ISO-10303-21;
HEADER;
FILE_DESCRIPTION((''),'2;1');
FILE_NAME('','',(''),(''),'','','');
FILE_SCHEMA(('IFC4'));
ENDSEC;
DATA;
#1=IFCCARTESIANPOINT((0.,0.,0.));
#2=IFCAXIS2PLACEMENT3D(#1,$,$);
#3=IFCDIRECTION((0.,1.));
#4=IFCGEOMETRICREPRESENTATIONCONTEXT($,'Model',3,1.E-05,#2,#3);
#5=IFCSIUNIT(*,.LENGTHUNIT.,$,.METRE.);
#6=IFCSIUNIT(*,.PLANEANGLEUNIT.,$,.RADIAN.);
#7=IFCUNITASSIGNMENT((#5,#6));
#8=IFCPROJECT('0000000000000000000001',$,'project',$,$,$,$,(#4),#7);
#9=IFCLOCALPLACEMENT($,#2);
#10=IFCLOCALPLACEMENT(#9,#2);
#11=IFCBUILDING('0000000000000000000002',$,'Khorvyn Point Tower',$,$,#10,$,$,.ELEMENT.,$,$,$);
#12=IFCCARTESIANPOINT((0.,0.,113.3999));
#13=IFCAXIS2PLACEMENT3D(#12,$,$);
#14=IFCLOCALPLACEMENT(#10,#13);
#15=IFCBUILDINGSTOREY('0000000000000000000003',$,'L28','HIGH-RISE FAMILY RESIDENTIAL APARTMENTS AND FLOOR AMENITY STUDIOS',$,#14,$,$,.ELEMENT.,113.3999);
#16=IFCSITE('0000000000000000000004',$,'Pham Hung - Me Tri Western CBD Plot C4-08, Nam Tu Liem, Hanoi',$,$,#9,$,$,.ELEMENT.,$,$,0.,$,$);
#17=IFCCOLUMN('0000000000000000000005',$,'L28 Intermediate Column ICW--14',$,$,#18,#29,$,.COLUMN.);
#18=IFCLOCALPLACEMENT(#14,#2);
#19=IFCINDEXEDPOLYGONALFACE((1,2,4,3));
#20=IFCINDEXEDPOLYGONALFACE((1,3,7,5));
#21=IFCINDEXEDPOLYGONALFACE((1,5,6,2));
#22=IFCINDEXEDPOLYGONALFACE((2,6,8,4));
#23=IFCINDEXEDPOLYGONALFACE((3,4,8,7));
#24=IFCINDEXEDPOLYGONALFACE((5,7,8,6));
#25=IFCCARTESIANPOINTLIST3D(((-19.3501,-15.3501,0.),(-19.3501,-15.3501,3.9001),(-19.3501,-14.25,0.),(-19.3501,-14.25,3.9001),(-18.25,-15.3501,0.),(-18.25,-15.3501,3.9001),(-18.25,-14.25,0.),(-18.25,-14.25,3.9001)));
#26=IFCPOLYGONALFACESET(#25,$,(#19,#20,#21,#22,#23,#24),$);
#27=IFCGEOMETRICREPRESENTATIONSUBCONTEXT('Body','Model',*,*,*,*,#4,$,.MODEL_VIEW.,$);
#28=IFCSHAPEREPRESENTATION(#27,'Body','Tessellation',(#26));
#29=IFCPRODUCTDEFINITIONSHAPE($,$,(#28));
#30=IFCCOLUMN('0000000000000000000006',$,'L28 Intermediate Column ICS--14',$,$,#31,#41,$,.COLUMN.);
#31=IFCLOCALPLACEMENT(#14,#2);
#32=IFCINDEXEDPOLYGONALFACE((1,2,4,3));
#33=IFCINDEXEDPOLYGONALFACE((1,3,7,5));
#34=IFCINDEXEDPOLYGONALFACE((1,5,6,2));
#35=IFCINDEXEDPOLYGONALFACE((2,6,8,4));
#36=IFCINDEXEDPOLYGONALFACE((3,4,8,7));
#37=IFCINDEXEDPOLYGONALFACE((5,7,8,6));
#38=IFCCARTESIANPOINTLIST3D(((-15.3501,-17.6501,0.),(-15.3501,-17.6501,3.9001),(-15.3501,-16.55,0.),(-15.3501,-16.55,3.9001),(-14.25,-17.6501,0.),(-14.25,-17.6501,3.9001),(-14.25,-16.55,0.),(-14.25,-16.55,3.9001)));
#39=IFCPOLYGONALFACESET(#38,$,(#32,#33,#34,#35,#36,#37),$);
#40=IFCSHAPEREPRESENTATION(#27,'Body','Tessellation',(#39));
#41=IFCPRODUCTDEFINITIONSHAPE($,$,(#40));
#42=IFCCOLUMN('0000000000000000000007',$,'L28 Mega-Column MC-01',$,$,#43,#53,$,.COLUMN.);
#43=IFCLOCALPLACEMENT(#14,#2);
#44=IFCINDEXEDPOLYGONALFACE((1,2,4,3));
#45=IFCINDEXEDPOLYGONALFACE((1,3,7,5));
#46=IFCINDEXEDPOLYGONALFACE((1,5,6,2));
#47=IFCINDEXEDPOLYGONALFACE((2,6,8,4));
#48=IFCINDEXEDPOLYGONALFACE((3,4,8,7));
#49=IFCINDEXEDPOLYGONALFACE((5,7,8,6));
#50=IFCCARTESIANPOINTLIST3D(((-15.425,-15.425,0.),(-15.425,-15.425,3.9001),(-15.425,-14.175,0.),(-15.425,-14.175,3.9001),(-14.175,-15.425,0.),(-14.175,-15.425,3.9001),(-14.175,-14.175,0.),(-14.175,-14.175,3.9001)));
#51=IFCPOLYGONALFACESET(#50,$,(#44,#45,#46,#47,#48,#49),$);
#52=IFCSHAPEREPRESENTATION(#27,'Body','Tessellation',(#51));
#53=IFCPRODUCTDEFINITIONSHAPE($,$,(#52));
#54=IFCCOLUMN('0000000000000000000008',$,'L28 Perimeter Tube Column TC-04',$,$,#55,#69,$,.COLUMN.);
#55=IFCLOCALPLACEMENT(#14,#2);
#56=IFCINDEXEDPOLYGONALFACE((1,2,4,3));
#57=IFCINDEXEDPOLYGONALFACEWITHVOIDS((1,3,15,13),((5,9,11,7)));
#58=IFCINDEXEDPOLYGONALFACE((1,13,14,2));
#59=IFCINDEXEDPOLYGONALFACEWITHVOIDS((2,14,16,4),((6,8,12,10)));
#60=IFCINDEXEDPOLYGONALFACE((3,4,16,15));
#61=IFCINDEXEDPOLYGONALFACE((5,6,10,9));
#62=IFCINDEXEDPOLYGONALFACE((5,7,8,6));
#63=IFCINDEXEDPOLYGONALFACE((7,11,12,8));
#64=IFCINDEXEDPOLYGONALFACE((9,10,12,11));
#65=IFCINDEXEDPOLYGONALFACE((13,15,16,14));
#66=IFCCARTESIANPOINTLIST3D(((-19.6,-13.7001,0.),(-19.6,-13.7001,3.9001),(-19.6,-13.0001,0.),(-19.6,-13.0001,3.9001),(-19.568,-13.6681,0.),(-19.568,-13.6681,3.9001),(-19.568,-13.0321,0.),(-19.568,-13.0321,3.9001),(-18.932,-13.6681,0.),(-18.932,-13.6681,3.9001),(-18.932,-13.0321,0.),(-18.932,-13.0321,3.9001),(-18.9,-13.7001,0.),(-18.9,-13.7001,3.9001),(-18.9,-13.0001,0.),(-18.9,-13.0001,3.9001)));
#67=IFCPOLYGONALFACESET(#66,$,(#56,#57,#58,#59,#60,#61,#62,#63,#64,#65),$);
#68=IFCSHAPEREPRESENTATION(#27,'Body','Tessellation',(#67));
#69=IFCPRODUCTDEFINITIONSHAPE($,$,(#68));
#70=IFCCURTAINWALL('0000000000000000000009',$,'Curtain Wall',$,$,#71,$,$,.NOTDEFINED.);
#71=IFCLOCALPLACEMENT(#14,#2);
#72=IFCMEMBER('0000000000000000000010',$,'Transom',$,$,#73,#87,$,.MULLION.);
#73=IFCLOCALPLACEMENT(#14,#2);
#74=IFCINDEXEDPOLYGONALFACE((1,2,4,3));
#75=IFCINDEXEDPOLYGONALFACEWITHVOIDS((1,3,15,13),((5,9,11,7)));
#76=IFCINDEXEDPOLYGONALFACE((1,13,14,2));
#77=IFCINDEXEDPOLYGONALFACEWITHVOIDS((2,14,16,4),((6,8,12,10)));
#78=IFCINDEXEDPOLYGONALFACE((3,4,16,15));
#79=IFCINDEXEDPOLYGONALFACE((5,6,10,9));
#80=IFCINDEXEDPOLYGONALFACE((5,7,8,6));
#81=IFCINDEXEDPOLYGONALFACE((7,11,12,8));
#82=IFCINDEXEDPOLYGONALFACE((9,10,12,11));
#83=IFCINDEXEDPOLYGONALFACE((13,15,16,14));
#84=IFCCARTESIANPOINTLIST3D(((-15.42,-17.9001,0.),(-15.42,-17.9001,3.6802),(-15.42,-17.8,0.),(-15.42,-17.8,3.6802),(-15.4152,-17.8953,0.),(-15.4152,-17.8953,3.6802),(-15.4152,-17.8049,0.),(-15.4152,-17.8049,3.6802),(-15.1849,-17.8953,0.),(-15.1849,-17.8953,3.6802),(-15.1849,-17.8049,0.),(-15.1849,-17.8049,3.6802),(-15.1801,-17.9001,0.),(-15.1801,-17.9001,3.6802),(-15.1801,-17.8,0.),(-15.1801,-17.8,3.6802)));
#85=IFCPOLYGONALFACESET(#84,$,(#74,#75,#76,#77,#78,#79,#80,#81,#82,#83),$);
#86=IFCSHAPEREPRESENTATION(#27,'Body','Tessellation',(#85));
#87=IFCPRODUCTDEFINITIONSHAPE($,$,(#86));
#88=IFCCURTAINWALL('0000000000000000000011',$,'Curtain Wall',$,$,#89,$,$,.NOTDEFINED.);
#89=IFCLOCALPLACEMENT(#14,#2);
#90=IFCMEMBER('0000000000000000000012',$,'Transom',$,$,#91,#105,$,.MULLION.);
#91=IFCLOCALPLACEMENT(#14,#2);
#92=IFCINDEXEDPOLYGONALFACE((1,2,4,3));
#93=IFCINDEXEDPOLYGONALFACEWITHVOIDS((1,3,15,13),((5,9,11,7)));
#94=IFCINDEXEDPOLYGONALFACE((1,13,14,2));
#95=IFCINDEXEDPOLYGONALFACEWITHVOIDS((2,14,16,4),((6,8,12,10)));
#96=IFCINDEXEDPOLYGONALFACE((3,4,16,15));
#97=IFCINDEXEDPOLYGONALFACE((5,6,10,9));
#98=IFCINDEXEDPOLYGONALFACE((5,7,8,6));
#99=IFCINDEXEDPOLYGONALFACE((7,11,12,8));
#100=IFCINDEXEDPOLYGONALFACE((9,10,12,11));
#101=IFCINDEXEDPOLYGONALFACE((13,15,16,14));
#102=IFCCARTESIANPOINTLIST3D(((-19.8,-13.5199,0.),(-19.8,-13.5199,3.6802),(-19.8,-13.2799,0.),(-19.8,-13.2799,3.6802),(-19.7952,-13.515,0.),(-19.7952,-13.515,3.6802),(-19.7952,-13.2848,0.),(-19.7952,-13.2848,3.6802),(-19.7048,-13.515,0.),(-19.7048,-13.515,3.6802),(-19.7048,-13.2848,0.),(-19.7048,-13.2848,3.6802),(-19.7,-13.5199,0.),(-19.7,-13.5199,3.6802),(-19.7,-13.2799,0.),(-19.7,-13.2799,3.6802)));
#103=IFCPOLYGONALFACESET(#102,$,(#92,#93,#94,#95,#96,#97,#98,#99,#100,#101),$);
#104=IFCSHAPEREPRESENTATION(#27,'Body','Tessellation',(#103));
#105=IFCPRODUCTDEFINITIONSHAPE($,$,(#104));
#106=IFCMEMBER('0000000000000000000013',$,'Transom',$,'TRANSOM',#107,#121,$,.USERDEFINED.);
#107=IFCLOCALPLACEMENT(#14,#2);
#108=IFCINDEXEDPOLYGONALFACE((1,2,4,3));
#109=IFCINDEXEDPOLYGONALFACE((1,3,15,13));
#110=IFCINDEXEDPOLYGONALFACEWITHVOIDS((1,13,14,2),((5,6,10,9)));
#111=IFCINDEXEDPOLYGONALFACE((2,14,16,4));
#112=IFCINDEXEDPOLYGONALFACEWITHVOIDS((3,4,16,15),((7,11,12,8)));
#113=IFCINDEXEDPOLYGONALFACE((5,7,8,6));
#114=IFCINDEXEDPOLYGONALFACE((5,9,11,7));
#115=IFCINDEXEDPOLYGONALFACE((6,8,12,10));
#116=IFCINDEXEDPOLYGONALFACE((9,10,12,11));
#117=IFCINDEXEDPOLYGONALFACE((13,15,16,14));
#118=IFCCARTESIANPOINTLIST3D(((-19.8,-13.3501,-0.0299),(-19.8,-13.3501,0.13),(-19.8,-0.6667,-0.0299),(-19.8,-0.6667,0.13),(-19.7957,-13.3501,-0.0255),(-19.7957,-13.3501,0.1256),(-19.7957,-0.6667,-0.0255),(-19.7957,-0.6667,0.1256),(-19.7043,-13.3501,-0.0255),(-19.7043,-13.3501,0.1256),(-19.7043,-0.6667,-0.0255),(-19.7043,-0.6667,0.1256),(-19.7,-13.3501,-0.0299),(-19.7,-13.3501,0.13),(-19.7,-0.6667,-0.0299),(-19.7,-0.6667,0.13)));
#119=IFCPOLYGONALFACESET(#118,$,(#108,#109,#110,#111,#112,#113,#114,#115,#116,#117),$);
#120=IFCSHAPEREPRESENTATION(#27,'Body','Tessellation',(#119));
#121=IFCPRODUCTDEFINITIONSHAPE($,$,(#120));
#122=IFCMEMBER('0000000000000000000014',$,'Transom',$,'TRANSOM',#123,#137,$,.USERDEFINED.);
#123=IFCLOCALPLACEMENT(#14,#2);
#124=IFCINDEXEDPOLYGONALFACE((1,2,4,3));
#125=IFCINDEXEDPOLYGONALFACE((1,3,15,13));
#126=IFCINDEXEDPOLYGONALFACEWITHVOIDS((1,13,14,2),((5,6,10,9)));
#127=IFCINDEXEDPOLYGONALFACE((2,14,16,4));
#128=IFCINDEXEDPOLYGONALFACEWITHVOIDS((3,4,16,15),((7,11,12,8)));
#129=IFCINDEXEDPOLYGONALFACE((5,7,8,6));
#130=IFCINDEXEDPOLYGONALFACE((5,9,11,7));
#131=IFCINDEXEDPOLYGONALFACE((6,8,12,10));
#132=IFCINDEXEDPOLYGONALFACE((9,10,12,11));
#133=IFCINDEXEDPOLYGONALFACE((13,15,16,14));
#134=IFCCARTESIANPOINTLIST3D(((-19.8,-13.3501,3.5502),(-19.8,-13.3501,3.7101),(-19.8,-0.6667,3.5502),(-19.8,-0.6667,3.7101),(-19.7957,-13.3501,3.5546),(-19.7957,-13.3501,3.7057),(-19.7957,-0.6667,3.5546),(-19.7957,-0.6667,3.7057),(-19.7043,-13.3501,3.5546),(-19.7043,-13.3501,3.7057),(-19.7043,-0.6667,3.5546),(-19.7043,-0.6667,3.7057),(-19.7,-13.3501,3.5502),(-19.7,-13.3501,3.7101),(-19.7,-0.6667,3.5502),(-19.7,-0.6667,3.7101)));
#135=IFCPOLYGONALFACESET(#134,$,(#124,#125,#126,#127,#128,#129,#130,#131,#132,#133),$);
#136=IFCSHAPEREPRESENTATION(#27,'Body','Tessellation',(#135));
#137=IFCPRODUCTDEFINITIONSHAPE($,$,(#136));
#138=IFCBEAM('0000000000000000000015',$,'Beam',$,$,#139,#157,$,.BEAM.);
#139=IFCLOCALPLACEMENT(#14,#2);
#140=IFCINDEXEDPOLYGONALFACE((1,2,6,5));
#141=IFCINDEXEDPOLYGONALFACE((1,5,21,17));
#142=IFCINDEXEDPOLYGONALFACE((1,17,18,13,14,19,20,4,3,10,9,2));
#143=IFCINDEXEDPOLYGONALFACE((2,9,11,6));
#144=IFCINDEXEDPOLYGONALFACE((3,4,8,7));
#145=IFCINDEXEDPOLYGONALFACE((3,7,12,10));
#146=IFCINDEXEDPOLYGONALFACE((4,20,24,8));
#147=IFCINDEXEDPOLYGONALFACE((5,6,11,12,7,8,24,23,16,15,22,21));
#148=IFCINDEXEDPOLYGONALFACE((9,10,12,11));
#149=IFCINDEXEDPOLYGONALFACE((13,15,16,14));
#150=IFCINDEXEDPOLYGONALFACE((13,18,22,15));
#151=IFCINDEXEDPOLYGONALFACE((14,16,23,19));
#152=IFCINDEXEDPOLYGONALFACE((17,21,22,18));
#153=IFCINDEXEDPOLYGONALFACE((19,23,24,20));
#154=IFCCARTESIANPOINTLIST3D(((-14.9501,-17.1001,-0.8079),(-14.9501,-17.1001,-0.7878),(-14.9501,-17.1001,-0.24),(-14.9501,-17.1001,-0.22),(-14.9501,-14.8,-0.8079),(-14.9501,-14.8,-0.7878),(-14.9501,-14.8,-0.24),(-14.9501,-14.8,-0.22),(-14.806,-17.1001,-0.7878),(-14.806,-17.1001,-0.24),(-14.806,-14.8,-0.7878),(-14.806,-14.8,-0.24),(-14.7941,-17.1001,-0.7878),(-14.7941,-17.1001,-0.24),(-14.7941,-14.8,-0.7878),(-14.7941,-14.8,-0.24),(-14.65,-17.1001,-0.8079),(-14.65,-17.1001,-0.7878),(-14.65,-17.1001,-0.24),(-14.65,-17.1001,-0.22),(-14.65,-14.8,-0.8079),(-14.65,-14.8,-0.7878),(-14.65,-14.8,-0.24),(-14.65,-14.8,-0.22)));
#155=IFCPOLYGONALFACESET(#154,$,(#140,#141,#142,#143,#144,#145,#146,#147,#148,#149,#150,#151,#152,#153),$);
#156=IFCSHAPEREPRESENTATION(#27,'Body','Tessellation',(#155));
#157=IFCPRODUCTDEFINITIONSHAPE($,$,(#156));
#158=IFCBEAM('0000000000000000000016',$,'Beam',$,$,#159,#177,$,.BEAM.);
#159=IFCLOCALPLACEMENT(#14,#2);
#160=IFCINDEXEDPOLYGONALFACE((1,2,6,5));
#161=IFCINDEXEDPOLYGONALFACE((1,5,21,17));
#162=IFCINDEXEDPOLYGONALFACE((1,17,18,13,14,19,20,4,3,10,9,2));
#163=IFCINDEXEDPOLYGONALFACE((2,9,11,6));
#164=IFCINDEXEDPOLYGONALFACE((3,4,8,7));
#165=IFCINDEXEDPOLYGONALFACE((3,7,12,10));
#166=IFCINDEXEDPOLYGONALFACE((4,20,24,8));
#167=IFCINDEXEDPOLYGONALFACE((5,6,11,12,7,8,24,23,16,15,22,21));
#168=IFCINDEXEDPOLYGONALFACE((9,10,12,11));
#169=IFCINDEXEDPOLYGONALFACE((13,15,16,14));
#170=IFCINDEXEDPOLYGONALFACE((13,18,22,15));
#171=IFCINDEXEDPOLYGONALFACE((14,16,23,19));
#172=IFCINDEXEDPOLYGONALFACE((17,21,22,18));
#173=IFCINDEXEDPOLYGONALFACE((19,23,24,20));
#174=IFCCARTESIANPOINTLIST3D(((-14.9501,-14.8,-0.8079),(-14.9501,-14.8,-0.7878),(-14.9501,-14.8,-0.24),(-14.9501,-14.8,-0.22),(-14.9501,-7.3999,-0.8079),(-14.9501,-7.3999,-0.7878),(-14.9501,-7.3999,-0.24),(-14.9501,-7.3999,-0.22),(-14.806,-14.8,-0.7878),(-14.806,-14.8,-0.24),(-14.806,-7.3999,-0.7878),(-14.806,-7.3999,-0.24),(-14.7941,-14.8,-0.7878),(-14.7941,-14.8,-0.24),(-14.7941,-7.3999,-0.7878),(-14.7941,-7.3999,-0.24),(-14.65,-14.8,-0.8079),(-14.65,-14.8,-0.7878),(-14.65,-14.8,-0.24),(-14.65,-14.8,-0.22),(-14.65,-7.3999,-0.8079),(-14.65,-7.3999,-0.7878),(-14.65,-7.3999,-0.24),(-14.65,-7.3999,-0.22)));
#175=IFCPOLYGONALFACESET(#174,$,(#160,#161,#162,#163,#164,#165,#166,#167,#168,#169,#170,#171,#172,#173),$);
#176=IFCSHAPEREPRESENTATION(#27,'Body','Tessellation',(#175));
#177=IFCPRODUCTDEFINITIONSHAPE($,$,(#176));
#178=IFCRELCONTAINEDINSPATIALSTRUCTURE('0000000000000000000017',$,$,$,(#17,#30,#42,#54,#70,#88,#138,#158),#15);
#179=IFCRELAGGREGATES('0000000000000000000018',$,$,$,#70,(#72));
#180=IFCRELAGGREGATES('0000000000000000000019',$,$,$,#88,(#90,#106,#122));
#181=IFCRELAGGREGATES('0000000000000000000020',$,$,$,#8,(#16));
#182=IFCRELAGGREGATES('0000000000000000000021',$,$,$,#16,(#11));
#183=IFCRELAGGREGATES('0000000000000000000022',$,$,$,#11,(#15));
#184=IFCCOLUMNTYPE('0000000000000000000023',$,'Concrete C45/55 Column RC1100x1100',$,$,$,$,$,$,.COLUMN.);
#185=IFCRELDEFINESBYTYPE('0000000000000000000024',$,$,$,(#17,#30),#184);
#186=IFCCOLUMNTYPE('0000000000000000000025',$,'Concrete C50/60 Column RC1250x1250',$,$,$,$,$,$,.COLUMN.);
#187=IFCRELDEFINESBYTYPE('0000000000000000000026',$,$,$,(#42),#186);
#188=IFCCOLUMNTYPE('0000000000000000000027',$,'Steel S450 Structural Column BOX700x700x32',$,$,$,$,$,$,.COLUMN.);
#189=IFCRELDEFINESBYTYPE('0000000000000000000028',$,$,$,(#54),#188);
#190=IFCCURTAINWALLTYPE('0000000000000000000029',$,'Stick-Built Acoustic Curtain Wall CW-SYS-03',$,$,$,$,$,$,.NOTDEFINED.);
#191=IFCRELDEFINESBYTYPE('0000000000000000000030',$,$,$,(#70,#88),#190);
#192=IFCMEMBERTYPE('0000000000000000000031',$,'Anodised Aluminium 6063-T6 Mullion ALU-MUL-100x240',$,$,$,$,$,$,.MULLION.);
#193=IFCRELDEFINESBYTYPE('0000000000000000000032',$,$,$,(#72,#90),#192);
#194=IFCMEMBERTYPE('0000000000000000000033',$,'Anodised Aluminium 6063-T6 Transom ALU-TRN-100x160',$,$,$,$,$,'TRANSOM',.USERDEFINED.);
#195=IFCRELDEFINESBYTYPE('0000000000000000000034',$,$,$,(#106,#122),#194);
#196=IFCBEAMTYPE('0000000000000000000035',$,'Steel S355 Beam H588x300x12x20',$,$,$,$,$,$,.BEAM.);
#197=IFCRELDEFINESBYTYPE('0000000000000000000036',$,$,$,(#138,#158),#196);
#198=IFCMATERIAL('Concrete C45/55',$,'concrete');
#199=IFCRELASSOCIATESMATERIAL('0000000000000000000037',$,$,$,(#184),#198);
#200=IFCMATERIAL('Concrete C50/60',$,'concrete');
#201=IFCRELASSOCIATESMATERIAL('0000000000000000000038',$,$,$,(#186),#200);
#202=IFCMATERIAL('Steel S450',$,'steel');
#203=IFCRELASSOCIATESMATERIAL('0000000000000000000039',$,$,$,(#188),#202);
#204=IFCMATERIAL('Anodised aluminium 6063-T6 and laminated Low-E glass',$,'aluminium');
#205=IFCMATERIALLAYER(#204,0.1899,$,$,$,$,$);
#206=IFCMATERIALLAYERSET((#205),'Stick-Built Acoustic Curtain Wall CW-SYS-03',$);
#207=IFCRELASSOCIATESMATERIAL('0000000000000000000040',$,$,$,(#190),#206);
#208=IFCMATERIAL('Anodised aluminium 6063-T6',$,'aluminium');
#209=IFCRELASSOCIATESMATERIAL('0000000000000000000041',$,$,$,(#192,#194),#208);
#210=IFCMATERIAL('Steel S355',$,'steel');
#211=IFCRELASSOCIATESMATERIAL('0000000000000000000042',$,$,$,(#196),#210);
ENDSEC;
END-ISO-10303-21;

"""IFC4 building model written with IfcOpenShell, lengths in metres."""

from ifc_helpers import new_model, si_unit, direction, frame, origin, origin_2d, place, context, subcontext, project, spatial, rectangle, hollow_rectangle, i_section, extrude, material, layer, layer_set, material_profile, profile_set, type_object, element, aggregate, save


model = new_model("IFC4")

# Units and contexts
model_context = context("Model", 3, precision=1e-05, world=origin(), true_north=direction((0.0, 1.0)))
body_context = subcontext(model_context, "Body", "Model", "MODEL_VIEW")
ifc_project = project(units=[si_unit("LENGTHUNIT", "METRE"), si_unit("PLANEANGLEUNIT", "RADIAN")], contexts=[model_context])

# Site, building, storey
site_placement = place(None, origin())
site = spatial("IfcSite", under=ifc_project, at=site_placement, Name="Pham Hung - Me Tri Western CBD Plot C4-08, Nam Tu Liem, Hanoi", CompositionType="ELEMENT", RefElevation=0.0)
building_placement = place(site_placement, origin())
building = spatial("IfcBuilding", under=site, at=building_placement, Name="Khorvyn Point Tower", CompositionType="ELEMENT")
storey_placement = place(building_placement, frame((0.0, 0.0, 113.3999)))
storey = spatial("IfcBuildingStorey", under=building, at=storey_placement, Name="L28", Description="HIGH-RISE FAMILY RESIDENTIAL APARTMENTS AND FLOOR AMENITY STUDIOS", CompositionType="ELEMENT", Elevation=113.3999)

# Columns
ifc_material_1 = material(Name="Concrete C45/55", Category="concrete")
ifc_material_profile_1 = material_profile(ifc_material_1, rectangle(XDim=1.1001, YDim=1.1001, at=origin_2d()))
ifc_profile_set_1 = profile_set([ifc_material_profile_1], Name="Concrete C45/55 RC1100x1100")
column_type_1 = type_object("IfcColumnType", Name="Concrete C45/55 Column RC1100x1100", PredefinedType="COLUMN", material=ifc_profile_set_1)
for number, where, z_axis, x_axis, name in (
    (1, (-18.8, -14.8, 0.0), (0.0, 0.0, 1.0), (1.0, 0.0, 0.0), "L28 Intermediate Column ICW--14"),
    (2, (-14.8, -17.1001, 0.0), (0.0, 0.0, 1.0), (1.0, 0.0, 0.0), "L28 Intermediate Column ICS--14"),
):
    element("IfcColumn", number, at=place(storey_placement, frame(where, z_axis=z_axis, x_axis=x_axis)), inside=storey, type_object=column_type_1, Name=name, PredefinedType="COLUMN", context=body_context, shape_type="SweptSolid", body=[
        extrude(rectangle(XDim=1.1001, YDim=1.1001, at=origin_2d()), origin(), (0.0, 0.0, 1.0), 3.9001),
    ])
ifc_material_2 = material(Name="Concrete C50/60", Category="concrete")
ifc_material_profile_2 = material_profile(ifc_material_2, rectangle(XDim=1.25, YDim=1.25, at=origin_2d()))
ifc_profile_set_2 = profile_set([ifc_material_profile_2], Name="Concrete C50/60 RC1250x1250")
column_type_2 = type_object("IfcColumnType", Name="Concrete C50/60 Column RC1250x1250", PredefinedType="COLUMN", material=ifc_profile_set_2)
column_1_placement = place(storey_placement, frame((-14.8, -14.8, 0.0), z_axis=(0.0, 0.0, 1.0), x_axis=(1.0, 0.0, 0.0)))
element("IfcColumn", 3, at=column_1_placement, inside=storey, type_object=column_type_2, Name="L28 Mega-Column MC-01", PredefinedType="COLUMN", context=body_context, shape_type="SweptSolid", body=[
    extrude(rectangle(XDim=1.25, YDim=1.25, at=origin_2d()), origin(), (0.0, 0.0, 1.0), 3.9001),
])
ifc_material_3 = material(Name="Steel S450", Category="steel")
ifc_material_profile_3 = material_profile(ifc_material_3, hollow_rectangle(XDim=0.7, YDim=0.7, WallThickness=0.032, at=origin_2d()))
ifc_profile_set_3 = profile_set([ifc_material_profile_3], Name="Steel S450 BOX700x700x32")
column_type_3 = type_object("IfcColumnType", Name="Steel S450 Structural Column BOX700x700x32", PredefinedType="COLUMN", material=ifc_profile_set_3)
column_2_placement = place(storey_placement, frame((-19.25, -13.3501, 0.0), z_axis=(0.0, 0.0, 1.0), x_axis=(1.0, 0.0, 0.0)))
element("IfcColumn", 4, at=column_2_placement, inside=storey, type_object=column_type_3, Name="L28 Perimeter Tube Column TC-04", PredefinedType="COLUMN", context=body_context, shape_type="SweptSolid", body=[
    extrude(hollow_rectangle(XDim=0.7, YDim=0.7, WallThickness=0.032, at=origin_2d()), origin(), (0.0, 0.0, 1.0), 3.9001),
])

# Curtain wall, member
ifc_material_4 = material(Name="Anodised aluminium 6063-T6 and laminated Low-E glass", Category="aluminium")
ifc_layer_1 = layer(ifc_material_4, 0.1899)
ifc_layer_set_1 = layer_set([ifc_layer_1], Name="Stick-Built Acoustic Curtain Wall CW-SYS-03")
curtain_wall_type = type_object("IfcCurtainWallType", Name="Stick-Built Acoustic Curtain Wall CW-SYS-03", PredefinedType="NOTDEFINED", material=ifc_layer_set_1)
curtain_wall_1_placement = place(storey_placement, origin())
curtain_wall_1 = element("IfcCurtainWall", 5, at=curtain_wall_1_placement, inside=storey, type_object=curtain_wall_type, Name="Curtain Wall", PredefinedType="NOTDEFINED")
ifc_material_5 = material(Name="Anodised aluminium 6063-T6", Category="aluminium")
ifc_material_profile_4 = material_profile(ifc_material_5, hollow_rectangle(XDim=0.1001, YDim=0.24, WallThickness=0.0049, at=origin_2d()))
ifc_profile_set_4 = profile_set([ifc_material_profile_4], Name="Anodised aluminium 6063-T6 ALU-MUL-100x240")
member_type_1 = type_object("IfcMemberType", Name="Anodised Aluminium 6063-T6 Mullion ALU-MUL-100x240", PredefinedType="MULLION", material=ifc_profile_set_4)
member_1_placement = place(storey_placement, frame((-15.3, -17.8501, 0.0), z_axis=(0.0, 0.0, 1.0), x_axis=(0.0, -1.0, 0.0)))
member_1 = element("IfcMember", 6, at=member_1_placement, type_object=member_type_1, Name="Transom", PredefinedType="MULLION", context=body_context, shape_type="SweptSolid", body=[
    extrude(hollow_rectangle(XDim=0.1001, YDim=0.24, WallThickness=0.0049, at=origin_2d()), origin(), (0.0, 0.0, 1.0), 3.6802),
])
aggregate(curtain_wall_1, [member_1])

# Curtain wall, members
curtain_wall_2_placement = place(storey_placement, origin())
curtain_wall_2 = element("IfcCurtainWall", 7, at=curtain_wall_2_placement, inside=storey, type_object=curtain_wall_type, Name="Curtain Wall", PredefinedType="NOTDEFINED")
member_2_placement = place(storey_placement, frame((-19.75, -13.3999, 0.0), z_axis=(0.0, 0.0, 1.0), x_axis=(-1.0, 0.0, 0.0)))
member_2 = element("IfcMember", 8, at=member_2_placement, type_object=member_type_1, Name="Transom", PredefinedType="MULLION", context=body_context, shape_type="SweptSolid", body=[
    extrude(hollow_rectangle(XDim=0.1001, YDim=0.24, WallThickness=0.0049, at=origin_2d()), origin(), (0.0, 0.0, 1.0), 3.6802),
])
ifc_material_profile_5 = material_profile(ifc_material_5, hollow_rectangle(XDim=0.1001, YDim=0.1599, WallThickness=0.0044, at=origin_2d()))
ifc_profile_set_5 = profile_set([ifc_material_profile_5], Name="Anodised aluminium 6063-T6 ALU-TRN-100x160")
member_type_2 = type_object("IfcMemberType", Name="Anodised Aluminium 6063-T6 Transom ALU-TRN-100x160", ElementType="TRANSOM", PredefinedType="USERDEFINED", material=ifc_profile_set_5)
member_3_placement = place(storey_placement, frame((-19.75, -13.3501, 0.05), z_axis=(0.0, 1.0, 0.0), x_axis=(-1.0, 0.0, 0.0)))
member_3 = element("IfcMember", 9, at=member_3_placement, type_object=member_type_2, Name="Transom", ObjectType="TRANSOM", PredefinedType="USERDEFINED", context=body_context, shape_type="SweptSolid", body=[
    extrude(hollow_rectangle(XDim=0.1001, YDim=0.1599, WallThickness=0.0044, at=origin_2d()), origin(), (0.0, 0.0, 1.0), 12.6833),
])
member_4_placement = place(storey_placement, frame((-19.75, -13.3501, 3.6301), z_axis=(0.0, 1.0, 0.0), x_axis=(-1.0, 0.0, 0.0)))
member_4 = element("IfcMember", 10, at=member_4_placement, type_object=member_type_2, Name="Transom", ObjectType="TRANSOM", PredefinedType="USERDEFINED", context=body_context, shape_type="SweptSolid", body=[
    extrude(hollow_rectangle(XDim=0.1001, YDim=0.1599, WallThickness=0.0044, at=origin_2d()), origin(), (0.0, 0.0, 1.0), 12.6833),
])

# Beams
ifc_material_6 = material(Name="Steel S355", Category="steel")
ifc_material_profile_6 = material_profile(ifc_material_6, i_section(OverallWidth=0.3, OverallDepth=0.5879, WebThickness=0.012, FlangeThickness=0.02, at=origin_2d()))
ifc_profile_set_6 = profile_set([ifc_material_profile_6], Name="Steel S355 H588x300x12x20")
beam_type_1 = type_object("IfcBeamType", Name="Steel S355 Beam H588x300x12x20", PredefinedType="BEAM", material=ifc_profile_set_6)
beam_1_placement = place(storey_placement, frame((-14.8, -17.1001, -0.5139), z_axis=(0.0, 1.0, 0.0), x_axis=(-1.0, 0.0, 0.0)))
element("IfcBeam", 11, at=beam_1_placement, inside=storey, type_object=beam_type_1, Name="Beam", PredefinedType="BEAM", context=body_context, shape_type="SweptSolid", body=[
    extrude(i_section(OverallWidth=0.3, OverallDepth=0.5879, WebThickness=0.012, FlangeThickness=0.02, at=origin_2d()), origin(), (0.0, 0.0, 1.0), 2.3),
])
for number, where, z_axis, x_axis, name in (
    (12, (-14.8, -14.8, -0.5139), (0.0, 1.0, 0.0), (-1.0, 0.0, 0.0), "Beam"),
):
    element("IfcBeam", number, at=place(storey_placement, frame(where, z_axis=z_axis, x_axis=x_axis)), inside=storey, type_object=beam_type_1, Name=name, PredefinedType="BEAM", context=body_context, shape_type="SweptSolid", body=[
        extrude(i_section(OverallWidth=0.3, OverallDepth=0.5879, WebThickness=0.012, FlangeThickness=0.02, at=origin_2d()), origin(), (0.0, 0.0, 1.0), 7.4001),
    ])

aggregate(curtain_wall_2, [member_2, member_3, member_4])

save(model, "model.ifc")
